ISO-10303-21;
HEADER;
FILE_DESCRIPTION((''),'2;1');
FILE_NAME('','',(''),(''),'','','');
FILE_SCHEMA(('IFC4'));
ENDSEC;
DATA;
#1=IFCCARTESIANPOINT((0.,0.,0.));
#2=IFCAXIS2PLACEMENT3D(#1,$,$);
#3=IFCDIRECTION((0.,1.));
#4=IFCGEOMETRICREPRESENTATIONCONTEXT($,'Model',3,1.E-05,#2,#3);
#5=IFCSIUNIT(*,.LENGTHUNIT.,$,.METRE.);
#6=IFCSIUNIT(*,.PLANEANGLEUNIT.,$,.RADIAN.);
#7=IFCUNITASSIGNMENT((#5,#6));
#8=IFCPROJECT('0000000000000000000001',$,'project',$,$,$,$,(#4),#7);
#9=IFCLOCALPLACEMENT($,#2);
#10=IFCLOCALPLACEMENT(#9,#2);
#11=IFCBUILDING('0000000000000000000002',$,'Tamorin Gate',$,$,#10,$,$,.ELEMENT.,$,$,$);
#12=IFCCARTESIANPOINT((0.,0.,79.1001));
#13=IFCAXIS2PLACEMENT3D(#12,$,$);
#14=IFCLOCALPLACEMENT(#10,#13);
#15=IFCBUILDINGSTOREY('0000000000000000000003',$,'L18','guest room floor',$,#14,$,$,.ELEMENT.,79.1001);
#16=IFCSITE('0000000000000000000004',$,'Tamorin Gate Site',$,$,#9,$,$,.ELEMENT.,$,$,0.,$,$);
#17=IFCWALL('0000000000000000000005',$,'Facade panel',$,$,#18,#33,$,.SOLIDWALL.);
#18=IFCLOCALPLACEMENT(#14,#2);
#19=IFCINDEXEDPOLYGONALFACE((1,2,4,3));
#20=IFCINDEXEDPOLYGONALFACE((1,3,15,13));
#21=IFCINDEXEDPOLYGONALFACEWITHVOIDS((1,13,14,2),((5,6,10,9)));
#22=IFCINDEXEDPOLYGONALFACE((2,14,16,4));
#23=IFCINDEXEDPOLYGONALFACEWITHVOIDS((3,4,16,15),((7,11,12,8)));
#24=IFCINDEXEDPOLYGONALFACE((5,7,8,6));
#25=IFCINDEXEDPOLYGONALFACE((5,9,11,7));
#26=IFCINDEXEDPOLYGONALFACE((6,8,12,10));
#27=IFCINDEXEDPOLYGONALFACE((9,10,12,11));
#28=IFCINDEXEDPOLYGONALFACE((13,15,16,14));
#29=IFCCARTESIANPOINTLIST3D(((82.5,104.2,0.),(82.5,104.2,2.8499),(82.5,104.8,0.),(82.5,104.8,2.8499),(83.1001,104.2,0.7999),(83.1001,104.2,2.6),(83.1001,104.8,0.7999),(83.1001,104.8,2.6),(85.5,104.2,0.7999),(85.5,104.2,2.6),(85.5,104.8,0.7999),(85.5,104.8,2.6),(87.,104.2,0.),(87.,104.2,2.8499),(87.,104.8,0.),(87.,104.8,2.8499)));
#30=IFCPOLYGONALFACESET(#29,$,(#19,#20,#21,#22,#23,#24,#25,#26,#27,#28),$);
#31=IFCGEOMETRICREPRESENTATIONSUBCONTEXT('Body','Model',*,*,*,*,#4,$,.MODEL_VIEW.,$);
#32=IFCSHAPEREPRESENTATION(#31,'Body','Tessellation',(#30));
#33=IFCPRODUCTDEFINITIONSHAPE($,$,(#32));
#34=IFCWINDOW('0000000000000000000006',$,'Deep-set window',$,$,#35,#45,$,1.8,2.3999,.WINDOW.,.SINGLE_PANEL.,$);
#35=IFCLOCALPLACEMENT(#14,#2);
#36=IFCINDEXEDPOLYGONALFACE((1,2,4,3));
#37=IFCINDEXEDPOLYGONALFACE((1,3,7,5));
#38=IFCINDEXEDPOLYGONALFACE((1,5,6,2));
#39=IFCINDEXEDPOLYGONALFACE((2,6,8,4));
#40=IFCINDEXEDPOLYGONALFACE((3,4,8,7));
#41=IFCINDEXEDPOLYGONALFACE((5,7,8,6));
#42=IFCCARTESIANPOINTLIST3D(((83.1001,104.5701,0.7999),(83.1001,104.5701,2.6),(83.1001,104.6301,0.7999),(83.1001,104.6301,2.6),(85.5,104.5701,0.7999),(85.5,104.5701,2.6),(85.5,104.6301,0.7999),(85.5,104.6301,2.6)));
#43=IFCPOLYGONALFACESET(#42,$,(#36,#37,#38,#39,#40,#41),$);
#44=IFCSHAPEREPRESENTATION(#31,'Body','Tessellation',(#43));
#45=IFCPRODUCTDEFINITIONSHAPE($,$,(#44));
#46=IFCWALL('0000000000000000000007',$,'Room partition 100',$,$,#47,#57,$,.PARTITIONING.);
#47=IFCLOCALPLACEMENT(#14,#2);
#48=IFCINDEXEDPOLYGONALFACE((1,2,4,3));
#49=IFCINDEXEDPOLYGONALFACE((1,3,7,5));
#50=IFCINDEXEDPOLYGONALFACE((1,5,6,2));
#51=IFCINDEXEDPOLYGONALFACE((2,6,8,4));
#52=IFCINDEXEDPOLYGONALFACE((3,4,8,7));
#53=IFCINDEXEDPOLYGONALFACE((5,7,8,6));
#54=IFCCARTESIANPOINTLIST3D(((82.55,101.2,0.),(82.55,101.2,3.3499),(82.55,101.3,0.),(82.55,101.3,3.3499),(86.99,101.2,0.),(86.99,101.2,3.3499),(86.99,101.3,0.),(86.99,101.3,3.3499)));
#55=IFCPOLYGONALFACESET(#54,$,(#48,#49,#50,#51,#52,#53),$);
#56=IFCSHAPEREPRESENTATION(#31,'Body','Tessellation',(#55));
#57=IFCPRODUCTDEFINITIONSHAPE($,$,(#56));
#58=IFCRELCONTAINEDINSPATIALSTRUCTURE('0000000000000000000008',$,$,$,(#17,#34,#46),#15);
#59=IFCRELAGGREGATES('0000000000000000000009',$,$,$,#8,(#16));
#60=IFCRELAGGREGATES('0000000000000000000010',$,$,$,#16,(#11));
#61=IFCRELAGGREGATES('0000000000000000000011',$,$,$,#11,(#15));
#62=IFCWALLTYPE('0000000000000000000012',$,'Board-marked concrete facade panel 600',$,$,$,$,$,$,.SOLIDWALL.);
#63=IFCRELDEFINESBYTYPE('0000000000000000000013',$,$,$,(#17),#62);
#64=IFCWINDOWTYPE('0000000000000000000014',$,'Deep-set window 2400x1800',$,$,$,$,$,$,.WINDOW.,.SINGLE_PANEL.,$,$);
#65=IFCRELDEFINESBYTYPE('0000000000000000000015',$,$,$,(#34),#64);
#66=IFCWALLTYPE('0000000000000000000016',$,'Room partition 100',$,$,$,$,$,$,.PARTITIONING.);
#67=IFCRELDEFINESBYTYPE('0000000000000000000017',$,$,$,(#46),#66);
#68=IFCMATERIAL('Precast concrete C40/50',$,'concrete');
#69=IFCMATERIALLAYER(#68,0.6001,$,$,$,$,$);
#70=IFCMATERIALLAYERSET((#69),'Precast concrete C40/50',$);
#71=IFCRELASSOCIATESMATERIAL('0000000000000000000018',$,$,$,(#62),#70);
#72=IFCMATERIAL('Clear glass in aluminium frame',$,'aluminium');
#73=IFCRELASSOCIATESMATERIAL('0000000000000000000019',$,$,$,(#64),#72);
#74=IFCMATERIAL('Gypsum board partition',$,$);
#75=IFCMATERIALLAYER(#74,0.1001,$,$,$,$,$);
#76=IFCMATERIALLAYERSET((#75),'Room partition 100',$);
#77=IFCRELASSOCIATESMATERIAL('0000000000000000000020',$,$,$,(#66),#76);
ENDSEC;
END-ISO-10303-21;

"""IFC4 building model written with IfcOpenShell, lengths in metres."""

from ifc_helpers import new_model, si_unit, direction, frame, frame_2d, origin, place, context, subcontext, project, spatial, rectangle, extrude, material, layer, layer_set, type_object, element, fill, save


model = new_model("IFC4")

# Units and contexts
model_context = context("Model", 3, precision=1e-05, world=origin(), true_north=direction((0.0, 1.0)))
body_context = subcontext(model_context, "Body", "Model", "MODEL_VIEW")
ifc_project = project(units=[si_unit("LENGTHUNIT", "METRE"), si_unit("PLANEANGLEUNIT", "RADIAN")], contexts=[model_context])

# Site, building, storey
site_placement = place(None, origin())
site = spatial("IfcSite", under=ifc_project, at=site_placement, Name="Tamorin Gate Site", CompositionType="ELEMENT", RefElevation=0.0)
building_placement = place(site_placement, origin())
building = spatial("IfcBuilding", under=site, at=building_placement, Name="Tamorin Gate", CompositionType="ELEMENT")
storey_placement = place(building_placement, frame((0.0, 0.0, 79.1001)))
storey = spatial("IfcBuildingStorey", under=building, at=storey_placement, Name="L18", Description="guest room floor", CompositionType="ELEMENT", Elevation=79.1001)

# Shared definitions
ifc_material_1 = material(Name="Precast concrete C40/50", Category="concrete")
ifc_layer_1 = layer(ifc_material_1, 0.6001)
ifc_layer_set_1 = layer_set([ifc_layer_1], Name="Precast concrete C40/50")
wall_type_1 = type_object("IfcWallType", Name="Board-marked concrete facade panel 600", PredefinedType="SOLIDWALL", material=ifc_layer_set_1)
ifc_material_2 = material(Name="Clear glass in aluminium frame", Category="aluminium")
window_type = type_object("IfcWindowType", Name="Deep-set window 2400x1800", PartitioningType="SINGLE_PANEL", PredefinedType="WINDOW", material=ifc_material_2)

# Wall, opening, window
wall_1_placement = place(storey_placement, frame((87.0, 104.5, 0.0), z_axis=(0.0, 0.0, 1.0), x_axis=(-1.0, 0.0, 0.0)))
wall_1 = element("IfcWall", 1, at=wall_1_placement, inside=storey, type_object=wall_type_1, Name="Facade panel", PredefinedType="SOLIDWALL", context=body_context, shape_type="SweptSolid", body=[
    extrude(rectangle(XDim=4.5, YDim=0.6001, at=frame_2d((2.25, 0.0))), origin(), (0.0, 0.0, 1.0), 2.8499),
])
opening_1_placement = place(wall_1_placement, frame((1.5, 0.0, 0.8)))
opening_1 = element("IfcOpeningElement", 2, at=opening_1_placement, cuts=wall_1, PredefinedType="OPENING", context=body_context, shape_type="SweptSolid", body=[
    extrude(rectangle(XDim=2.3999, YDim=1.8, at=frame_2d((1.2, 0.8999))), frame((0.0, 0.3101, 0.0), z_axis=(0.0, -1.0, 0.0), x_axis=(1.0, 0.0, 0.0)), (0.0, 0.0, 1.0), 0.6201),
])
window_1_placement = place(opening_1_placement, origin())
window_1 = element("IfcWindow", 3, at=window_1_placement, inside=storey, type_object=window_type, Name="Deep-set window", OverallHeight=1.8, OverallWidth=2.3999, PartitioningType="SINGLE_PANEL", PredefinedType="WINDOW", context=body_context, shape_type="SweptSolid", body=[
    extrude(rectangle(XDim=2.3999, YDim=1.8, at=frame_2d((1.2, 0.8999))), frame((0.0, -0.0701, 0.0), z_axis=(0.0, -1.0, 0.0), x_axis=(1.0, 0.0, 0.0)), (0.0, 0.0, 1.0), 0.0601),
])
fill(opening_1, window_1)

# Wall
ifc_material_3 = material(Name="Gypsum board partition")
ifc_layer_2 = layer(ifc_material_3, 0.1001)
ifc_layer_set_2 = layer_set([ifc_layer_2], Name="Room partition 100")
wall_type_2 = type_object("IfcWallType", Name="Room partition 100", PredefinedType="PARTITIONING", material=ifc_layer_set_2)
wall_2_placement = place(storey_placement, frame((82.55, 101.25, 0.0), z_axis=(0.0, 0.0, 1.0), x_axis=(1.0, 0.0, 0.0)))
element("IfcWall", 4, at=wall_2_placement, inside=storey, type_object=wall_type_2, Name="Room partition 100", PredefinedType="PARTITIONING", context=body_context, shape_type="SweptSolid", body=[
    extrude(rectangle(XDim=4.4399, YDim=0.1001, at=frame_2d((2.22, 0.0))), origin(), (0.0, 0.0, 1.0), 3.3499),
])

save(model, "model.ifc")
